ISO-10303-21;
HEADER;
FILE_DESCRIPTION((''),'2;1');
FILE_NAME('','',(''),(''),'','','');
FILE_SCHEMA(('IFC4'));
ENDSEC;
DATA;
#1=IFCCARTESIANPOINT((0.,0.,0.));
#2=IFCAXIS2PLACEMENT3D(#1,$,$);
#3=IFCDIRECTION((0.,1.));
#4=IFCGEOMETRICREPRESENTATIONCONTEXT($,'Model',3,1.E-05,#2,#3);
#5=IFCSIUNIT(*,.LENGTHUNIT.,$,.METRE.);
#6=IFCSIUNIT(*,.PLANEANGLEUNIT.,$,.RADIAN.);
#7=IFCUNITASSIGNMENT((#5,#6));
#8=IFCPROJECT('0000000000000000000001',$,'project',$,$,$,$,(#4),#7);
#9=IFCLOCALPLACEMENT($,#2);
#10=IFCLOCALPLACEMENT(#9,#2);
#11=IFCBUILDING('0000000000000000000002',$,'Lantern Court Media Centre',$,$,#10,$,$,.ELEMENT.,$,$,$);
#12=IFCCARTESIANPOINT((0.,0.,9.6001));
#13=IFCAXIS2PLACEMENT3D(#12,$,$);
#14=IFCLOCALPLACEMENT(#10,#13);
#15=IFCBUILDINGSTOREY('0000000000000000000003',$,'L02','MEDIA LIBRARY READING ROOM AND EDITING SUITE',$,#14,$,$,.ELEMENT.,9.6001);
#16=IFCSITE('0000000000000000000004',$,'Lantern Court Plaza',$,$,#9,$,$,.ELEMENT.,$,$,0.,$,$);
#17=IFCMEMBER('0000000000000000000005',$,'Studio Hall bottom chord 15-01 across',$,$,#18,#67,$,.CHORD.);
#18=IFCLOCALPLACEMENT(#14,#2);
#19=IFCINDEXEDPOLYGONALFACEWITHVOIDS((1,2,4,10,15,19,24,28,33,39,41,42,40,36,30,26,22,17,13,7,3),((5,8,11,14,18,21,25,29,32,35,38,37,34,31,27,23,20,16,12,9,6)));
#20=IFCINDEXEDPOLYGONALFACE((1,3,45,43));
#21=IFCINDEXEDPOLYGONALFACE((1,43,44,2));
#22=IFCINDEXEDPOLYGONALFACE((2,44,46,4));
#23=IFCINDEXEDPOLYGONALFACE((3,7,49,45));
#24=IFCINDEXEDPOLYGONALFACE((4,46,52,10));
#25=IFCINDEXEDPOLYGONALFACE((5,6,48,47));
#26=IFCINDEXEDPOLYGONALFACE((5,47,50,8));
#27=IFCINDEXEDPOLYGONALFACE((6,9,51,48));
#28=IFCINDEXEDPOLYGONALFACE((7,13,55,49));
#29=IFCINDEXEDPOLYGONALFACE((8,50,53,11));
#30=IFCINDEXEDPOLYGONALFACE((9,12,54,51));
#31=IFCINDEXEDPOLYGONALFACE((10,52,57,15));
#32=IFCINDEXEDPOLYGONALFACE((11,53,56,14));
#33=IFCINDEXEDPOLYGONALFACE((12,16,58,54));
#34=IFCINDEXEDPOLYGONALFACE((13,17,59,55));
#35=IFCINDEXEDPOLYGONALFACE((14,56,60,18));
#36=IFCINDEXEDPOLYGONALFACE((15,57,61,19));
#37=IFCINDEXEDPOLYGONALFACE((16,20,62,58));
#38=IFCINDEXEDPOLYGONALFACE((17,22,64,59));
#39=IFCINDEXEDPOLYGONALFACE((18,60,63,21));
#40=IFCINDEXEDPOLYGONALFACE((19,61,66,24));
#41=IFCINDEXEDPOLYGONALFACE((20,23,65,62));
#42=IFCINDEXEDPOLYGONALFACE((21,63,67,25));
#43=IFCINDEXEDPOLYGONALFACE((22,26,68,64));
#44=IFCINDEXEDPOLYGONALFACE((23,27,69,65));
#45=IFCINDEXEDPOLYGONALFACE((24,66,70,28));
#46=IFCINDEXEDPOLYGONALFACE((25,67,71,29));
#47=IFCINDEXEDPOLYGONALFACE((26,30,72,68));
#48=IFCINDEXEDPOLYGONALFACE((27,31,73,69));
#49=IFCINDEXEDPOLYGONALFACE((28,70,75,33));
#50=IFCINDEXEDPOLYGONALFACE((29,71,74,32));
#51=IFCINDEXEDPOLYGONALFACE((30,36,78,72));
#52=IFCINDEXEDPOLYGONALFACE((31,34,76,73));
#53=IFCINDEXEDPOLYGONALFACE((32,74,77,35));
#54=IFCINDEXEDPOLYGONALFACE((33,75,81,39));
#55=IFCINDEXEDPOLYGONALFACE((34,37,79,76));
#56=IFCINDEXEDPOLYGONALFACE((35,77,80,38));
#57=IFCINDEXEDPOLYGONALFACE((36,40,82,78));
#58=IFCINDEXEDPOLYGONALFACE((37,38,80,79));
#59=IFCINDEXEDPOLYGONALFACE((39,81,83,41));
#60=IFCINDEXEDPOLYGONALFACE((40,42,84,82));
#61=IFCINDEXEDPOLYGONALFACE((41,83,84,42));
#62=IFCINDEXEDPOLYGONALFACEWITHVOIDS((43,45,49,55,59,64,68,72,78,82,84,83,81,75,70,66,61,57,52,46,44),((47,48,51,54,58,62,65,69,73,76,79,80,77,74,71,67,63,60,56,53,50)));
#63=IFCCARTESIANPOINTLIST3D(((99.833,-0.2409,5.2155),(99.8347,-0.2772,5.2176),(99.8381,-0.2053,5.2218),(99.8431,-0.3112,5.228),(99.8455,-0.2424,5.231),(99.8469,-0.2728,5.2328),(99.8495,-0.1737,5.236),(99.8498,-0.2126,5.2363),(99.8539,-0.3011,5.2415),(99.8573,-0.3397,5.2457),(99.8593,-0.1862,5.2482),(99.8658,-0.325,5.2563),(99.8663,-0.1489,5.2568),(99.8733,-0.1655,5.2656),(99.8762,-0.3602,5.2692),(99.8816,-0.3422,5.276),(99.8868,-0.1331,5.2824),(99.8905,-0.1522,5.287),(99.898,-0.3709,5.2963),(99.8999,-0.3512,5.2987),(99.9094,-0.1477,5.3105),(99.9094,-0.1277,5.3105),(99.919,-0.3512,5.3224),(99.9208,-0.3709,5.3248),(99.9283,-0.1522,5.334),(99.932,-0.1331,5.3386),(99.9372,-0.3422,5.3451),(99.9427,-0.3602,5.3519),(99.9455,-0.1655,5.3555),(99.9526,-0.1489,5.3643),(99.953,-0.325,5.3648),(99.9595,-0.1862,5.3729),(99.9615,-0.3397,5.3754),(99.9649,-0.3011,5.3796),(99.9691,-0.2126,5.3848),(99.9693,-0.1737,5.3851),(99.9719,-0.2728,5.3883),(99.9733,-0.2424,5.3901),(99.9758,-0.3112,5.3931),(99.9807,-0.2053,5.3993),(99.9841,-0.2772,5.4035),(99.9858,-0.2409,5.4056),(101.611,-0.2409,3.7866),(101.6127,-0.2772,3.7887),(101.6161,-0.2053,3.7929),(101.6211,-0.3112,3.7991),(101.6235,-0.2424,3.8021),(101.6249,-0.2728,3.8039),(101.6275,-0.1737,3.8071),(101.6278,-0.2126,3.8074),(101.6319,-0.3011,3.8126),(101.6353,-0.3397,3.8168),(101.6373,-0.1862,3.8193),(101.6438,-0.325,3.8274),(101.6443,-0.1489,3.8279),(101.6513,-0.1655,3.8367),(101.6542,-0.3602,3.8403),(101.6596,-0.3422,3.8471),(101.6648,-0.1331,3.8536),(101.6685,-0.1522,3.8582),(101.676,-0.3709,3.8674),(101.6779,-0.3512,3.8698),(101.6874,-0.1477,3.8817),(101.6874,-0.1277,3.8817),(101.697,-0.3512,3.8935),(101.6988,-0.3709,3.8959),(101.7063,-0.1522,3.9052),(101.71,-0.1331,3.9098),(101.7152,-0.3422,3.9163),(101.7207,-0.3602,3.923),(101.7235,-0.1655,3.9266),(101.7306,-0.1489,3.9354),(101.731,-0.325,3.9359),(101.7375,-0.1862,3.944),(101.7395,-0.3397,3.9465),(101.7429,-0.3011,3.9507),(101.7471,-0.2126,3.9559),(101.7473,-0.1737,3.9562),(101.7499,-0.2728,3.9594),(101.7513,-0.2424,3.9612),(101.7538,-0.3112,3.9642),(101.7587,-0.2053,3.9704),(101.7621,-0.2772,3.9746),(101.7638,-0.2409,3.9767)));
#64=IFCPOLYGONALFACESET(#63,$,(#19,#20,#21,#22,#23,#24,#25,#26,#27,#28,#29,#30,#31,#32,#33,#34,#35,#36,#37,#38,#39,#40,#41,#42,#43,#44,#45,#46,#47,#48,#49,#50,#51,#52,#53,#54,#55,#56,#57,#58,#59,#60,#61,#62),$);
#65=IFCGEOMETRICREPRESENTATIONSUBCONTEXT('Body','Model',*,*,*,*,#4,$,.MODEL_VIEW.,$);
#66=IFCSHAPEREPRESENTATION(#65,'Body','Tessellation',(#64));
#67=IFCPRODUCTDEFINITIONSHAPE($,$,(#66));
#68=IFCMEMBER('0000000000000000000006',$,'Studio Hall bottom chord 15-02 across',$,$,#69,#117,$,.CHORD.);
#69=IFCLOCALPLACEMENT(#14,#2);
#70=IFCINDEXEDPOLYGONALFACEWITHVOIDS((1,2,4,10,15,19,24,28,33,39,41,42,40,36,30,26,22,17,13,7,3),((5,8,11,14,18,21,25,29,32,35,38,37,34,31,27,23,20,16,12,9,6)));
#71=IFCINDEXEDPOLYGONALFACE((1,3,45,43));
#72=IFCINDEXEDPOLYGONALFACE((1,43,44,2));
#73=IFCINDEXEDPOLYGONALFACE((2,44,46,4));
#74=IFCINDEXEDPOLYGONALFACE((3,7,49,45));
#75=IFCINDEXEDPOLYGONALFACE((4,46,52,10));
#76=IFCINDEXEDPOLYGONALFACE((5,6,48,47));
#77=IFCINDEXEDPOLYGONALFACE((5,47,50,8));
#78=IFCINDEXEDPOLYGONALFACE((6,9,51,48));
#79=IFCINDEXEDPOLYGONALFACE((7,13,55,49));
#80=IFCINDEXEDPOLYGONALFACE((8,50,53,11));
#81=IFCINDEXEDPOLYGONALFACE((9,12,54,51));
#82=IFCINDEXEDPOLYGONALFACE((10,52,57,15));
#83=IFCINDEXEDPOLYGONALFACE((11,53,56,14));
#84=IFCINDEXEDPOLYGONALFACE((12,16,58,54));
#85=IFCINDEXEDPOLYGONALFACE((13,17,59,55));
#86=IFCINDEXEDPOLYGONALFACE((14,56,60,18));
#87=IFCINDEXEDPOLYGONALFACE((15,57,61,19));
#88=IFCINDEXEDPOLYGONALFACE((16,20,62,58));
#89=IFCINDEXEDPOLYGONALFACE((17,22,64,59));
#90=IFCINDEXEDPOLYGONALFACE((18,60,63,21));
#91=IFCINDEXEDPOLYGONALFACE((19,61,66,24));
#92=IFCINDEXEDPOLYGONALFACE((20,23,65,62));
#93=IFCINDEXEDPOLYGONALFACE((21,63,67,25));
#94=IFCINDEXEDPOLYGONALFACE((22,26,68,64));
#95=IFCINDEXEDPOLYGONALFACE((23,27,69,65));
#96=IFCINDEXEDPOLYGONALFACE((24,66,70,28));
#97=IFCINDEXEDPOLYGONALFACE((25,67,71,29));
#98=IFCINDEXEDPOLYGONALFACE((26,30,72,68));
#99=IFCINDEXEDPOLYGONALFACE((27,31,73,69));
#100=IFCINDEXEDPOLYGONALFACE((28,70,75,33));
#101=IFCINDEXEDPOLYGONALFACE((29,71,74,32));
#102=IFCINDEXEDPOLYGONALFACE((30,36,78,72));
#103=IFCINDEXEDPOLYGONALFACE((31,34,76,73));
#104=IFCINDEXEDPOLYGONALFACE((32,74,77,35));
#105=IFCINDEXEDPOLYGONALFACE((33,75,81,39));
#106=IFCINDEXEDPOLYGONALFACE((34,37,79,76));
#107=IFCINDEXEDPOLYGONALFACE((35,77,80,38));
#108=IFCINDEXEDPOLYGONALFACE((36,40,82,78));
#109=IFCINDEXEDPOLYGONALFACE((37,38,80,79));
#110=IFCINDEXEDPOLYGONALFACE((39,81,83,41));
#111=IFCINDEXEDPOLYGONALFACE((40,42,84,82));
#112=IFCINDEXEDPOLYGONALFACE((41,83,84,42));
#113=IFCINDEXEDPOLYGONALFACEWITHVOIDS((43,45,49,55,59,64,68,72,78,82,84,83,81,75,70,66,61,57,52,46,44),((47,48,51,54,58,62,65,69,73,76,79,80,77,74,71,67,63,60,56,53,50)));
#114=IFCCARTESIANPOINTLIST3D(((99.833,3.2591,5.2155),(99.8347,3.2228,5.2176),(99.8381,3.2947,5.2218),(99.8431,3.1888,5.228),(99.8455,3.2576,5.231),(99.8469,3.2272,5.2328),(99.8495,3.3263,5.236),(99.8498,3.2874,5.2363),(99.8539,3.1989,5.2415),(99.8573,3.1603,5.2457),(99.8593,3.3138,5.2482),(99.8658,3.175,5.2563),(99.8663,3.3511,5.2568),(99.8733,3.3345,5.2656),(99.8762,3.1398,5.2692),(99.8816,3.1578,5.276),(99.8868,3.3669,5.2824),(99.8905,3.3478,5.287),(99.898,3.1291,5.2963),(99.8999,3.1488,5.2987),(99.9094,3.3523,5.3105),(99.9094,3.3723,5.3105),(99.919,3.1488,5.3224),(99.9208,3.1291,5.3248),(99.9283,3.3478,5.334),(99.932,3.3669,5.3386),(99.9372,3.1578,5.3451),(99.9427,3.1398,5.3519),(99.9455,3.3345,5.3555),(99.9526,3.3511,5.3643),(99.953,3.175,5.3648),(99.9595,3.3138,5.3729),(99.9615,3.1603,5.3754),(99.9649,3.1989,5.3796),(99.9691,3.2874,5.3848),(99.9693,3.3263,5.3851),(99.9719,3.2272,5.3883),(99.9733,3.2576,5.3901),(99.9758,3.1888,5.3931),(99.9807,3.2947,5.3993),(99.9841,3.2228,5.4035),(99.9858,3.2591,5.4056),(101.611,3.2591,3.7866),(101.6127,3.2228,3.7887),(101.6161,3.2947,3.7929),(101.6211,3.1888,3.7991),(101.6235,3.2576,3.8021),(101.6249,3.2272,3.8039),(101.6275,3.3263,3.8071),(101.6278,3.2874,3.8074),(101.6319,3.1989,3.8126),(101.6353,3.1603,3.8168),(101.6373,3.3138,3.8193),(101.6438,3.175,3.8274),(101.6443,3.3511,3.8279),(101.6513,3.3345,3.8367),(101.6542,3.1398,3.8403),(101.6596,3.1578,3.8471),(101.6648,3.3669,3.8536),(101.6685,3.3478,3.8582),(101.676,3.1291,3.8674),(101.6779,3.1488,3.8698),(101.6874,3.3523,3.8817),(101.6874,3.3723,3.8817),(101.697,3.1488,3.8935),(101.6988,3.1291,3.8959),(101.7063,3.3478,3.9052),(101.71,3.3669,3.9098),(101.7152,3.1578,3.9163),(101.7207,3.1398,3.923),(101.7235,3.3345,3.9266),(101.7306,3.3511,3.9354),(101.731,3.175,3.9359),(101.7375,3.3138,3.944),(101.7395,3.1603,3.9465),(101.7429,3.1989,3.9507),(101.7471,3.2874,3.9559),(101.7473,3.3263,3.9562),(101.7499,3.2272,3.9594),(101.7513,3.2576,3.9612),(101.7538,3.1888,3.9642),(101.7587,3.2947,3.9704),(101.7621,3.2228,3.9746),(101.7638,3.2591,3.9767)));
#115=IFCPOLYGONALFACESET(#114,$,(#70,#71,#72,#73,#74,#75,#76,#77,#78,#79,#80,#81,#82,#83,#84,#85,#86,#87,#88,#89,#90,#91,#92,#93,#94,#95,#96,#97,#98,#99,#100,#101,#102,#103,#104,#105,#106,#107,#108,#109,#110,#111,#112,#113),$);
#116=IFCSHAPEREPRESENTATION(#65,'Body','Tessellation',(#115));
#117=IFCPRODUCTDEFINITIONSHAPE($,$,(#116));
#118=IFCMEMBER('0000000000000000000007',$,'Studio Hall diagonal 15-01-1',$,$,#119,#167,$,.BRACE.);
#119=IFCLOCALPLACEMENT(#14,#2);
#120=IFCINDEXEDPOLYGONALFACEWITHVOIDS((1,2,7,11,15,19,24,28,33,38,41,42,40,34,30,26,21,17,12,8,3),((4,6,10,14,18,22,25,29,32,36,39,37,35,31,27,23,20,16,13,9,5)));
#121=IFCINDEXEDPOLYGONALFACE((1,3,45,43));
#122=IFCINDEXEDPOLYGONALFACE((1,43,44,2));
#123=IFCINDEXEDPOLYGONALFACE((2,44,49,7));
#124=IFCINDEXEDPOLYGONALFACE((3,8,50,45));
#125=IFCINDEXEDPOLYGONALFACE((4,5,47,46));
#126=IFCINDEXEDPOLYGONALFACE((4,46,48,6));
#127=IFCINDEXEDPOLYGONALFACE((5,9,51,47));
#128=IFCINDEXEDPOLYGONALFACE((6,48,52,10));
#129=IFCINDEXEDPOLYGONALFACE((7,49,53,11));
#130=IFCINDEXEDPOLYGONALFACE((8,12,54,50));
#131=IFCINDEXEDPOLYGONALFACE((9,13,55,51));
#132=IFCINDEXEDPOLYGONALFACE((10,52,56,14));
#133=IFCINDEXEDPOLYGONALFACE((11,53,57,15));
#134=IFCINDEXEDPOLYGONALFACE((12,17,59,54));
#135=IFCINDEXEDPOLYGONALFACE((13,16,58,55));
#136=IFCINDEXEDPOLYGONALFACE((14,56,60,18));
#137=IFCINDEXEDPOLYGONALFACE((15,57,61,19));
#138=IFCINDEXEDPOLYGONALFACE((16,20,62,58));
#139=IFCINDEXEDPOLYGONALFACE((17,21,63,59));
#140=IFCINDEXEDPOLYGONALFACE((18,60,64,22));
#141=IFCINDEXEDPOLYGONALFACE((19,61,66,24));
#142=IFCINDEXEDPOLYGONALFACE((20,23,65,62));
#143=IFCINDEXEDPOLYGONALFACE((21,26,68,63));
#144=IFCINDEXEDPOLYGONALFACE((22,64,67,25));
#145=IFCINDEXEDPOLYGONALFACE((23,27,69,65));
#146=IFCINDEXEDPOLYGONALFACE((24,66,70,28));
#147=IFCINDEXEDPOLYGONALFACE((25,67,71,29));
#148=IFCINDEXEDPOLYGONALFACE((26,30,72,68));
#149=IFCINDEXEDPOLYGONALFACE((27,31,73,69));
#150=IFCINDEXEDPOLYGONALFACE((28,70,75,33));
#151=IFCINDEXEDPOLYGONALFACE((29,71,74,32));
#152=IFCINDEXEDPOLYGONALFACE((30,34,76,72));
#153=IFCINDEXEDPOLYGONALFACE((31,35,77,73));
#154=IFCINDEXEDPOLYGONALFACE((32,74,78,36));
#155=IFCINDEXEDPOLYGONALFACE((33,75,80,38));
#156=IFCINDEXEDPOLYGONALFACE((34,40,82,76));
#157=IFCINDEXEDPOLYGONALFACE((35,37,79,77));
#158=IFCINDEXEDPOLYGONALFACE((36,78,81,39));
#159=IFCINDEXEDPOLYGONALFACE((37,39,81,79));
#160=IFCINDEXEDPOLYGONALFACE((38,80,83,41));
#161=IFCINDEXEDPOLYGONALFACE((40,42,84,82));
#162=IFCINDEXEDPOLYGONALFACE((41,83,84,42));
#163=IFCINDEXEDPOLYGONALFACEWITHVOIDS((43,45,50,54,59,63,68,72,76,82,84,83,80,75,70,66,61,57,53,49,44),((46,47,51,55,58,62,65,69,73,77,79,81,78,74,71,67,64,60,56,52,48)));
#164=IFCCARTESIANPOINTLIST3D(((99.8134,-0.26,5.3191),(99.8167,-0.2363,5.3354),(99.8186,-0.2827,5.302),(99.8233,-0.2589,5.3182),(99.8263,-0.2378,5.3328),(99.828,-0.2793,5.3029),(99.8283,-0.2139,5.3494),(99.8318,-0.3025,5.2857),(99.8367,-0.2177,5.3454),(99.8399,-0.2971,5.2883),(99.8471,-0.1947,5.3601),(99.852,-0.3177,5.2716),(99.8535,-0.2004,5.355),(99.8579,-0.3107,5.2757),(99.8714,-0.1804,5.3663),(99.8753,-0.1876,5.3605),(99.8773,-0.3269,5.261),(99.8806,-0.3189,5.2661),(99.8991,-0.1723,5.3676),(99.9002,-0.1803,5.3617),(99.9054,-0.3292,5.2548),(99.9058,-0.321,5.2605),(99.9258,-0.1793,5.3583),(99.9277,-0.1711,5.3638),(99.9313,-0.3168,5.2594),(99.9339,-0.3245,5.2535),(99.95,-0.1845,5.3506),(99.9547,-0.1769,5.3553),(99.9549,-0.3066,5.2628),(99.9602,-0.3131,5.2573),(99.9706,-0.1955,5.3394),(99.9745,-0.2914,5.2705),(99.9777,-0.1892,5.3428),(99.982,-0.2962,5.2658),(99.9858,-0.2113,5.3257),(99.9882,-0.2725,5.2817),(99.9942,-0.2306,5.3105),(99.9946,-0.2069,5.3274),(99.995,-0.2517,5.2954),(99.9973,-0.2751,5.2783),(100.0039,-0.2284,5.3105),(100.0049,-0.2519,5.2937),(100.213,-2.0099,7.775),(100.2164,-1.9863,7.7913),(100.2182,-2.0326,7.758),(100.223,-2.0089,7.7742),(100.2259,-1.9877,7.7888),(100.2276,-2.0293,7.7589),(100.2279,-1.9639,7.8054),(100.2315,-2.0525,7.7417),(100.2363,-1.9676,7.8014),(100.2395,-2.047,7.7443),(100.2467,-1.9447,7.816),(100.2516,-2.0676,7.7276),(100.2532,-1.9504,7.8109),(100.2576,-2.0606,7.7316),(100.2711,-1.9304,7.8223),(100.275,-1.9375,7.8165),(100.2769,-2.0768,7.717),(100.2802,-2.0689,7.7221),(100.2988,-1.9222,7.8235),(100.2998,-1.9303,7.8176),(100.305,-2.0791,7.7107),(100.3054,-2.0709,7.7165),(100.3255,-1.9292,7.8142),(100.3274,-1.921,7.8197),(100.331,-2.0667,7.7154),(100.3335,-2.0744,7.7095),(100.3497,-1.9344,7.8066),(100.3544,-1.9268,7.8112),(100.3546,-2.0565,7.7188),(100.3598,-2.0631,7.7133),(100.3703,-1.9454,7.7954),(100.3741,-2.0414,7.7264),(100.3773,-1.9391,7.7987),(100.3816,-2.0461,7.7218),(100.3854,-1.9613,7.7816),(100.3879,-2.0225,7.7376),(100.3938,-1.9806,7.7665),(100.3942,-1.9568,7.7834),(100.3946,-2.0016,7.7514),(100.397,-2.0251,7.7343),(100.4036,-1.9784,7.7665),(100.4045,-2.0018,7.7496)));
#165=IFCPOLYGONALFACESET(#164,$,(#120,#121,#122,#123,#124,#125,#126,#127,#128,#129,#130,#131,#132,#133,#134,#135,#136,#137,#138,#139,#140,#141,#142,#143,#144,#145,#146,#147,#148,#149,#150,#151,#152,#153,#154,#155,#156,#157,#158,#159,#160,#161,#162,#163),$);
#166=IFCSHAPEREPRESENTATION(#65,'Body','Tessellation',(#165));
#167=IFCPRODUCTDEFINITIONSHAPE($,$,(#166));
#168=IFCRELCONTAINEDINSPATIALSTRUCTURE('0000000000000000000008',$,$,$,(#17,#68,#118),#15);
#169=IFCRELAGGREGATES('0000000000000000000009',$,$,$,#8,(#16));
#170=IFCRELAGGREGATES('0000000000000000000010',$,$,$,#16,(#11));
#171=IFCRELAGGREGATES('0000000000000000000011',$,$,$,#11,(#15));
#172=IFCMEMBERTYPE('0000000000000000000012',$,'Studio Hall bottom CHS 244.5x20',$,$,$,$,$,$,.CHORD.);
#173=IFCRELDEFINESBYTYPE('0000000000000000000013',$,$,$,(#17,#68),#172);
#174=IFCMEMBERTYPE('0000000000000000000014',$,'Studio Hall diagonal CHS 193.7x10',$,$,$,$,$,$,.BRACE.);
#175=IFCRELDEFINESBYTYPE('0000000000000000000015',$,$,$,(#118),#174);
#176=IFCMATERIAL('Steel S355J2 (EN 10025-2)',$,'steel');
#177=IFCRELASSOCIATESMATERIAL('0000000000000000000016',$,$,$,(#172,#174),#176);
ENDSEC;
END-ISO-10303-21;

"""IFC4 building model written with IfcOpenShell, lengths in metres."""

from ifc_helpers import new_model, si_unit, direction, frame, origin, origin_2d, place, context, subcontext, project, spatial, hollow_circle, extrude, material, material_profile, profile_set, type_object, element, save


model = new_model("IFC4")

# Units and contexts
model_context = context("Model", 3, precision=1e-05, world=origin(), true_north=direction((0.0, 1.0)))
body_context = subcontext(model_context, "Body", "Model", "MODEL_VIEW")
ifc_project = project(units=[si_unit("LENGTHUNIT", "METRE"), si_unit("PLANEANGLEUNIT", "RADIAN")], contexts=[model_context])

# Site, building, storey
site_placement = place(None, origin())
site = spatial("IfcSite", under=ifc_project, at=site_placement, Name="Lantern Court Plaza", CompositionType="ELEMENT", RefElevation=0.0)
building_placement = place(site_placement, origin())
building = spatial("IfcBuilding", under=site, at=building_placement, Name="Lantern Court Media Centre", CompositionType="ELEMENT")
storey_placement = place(building_placement, frame((0.0, 0.0, 9.6001)))
storey = spatial("IfcBuildingStorey", under=building, at=storey_placement, Name="L02", Description="MEDIA LIBRARY READING ROOM AND EDITING SUITE", CompositionType="ELEMENT", Elevation=9.6001)

# Members
ifc_material_1 = material(Name="Steel S355J2 (EN 10025-2)", Category="steel")
ifc_material_profile_1 = material_profile(ifc_material_1, hollow_circle(Radius=0.1223, WallThickness=0.02, at=origin_2d()), Name="Studio Hall bottom CHS 244.5x20")
ifc_profile_set_1 = profile_set([ifc_material_profile_1], Name="Steel S355J2 (EN 10025-2)")
member_type_1 = type_object("IfcMemberType", Name="Studio Hall bottom CHS 244.5x20", PredefinedType="CHORD", material=ifc_profile_set_1)
for number, where, z_axis, x_axis, name in (
    (1, (99.9094, -0.25, 5.3105), (0.779478, 0.0, -0.626429), (0.0, 1.0, 0.0), "Studio Hall bottom chord 15-01 across"),
    (2, (99.9094, 3.25, 5.3105), (0.779478, 0.0, -0.626429), (0.0, 1.0, 0.0), "Studio Hall bottom chord 15-02 across"),
):
    element("IfcMember", number, at=place(storey_placement, frame(where, z_axis=z_axis, x_axis=x_axis)), inside=storey, type_object=member_type_1, Name=name, PredefinedType="CHORD", context=body_context, shape_type="SweptSolid", body=[
        extrude(hollow_circle(Radius=0.1223, WallThickness=0.02, at=origin_2d()), origin(), (0.0, 0.0, 1.0), 2.281),
    ])
ifc_material_profile_2 = material_profile(ifc_material_1, hollow_circle(Radius=0.0969, WallThickness=0.01, at=origin_2d()), Name="Studio Hall diagonal CHS 193.7x10")
ifc_profile_set_2 = profile_set([ifc_material_profile_2], Name="Steel S355J2 (EN 10025-2)")
member_type_2 = type_object("IfcMemberType", Name="Studio Hall diagonal CHS 193.7x10", PredefinedType="BRACE", material=ifc_profile_set_2)
for number, where, z_axis, x_axis, name in (
    (3, (99.9094, -0.25, 5.3105), (0.131375, -0.575259, 0.807352), (0.9749, 0.222644, 0.0), "Studio Hall diagonal 15-01-1"),
):
    element("IfcMember", number, at=place(storey_placement, frame(where, z_axis=z_axis, x_axis=x_axis)), inside=storey, type_object=member_type_2, Name=name, PredefinedType="BRACE", context=body_context, shape_type="SweptSolid", body=[
        extrude(hollow_circle(Radius=0.0969, WallThickness=0.01, at=origin_2d()), origin(), (0.0, 0.0, 1.0), 3.042),
    ])

save(model, "model.ifc")
